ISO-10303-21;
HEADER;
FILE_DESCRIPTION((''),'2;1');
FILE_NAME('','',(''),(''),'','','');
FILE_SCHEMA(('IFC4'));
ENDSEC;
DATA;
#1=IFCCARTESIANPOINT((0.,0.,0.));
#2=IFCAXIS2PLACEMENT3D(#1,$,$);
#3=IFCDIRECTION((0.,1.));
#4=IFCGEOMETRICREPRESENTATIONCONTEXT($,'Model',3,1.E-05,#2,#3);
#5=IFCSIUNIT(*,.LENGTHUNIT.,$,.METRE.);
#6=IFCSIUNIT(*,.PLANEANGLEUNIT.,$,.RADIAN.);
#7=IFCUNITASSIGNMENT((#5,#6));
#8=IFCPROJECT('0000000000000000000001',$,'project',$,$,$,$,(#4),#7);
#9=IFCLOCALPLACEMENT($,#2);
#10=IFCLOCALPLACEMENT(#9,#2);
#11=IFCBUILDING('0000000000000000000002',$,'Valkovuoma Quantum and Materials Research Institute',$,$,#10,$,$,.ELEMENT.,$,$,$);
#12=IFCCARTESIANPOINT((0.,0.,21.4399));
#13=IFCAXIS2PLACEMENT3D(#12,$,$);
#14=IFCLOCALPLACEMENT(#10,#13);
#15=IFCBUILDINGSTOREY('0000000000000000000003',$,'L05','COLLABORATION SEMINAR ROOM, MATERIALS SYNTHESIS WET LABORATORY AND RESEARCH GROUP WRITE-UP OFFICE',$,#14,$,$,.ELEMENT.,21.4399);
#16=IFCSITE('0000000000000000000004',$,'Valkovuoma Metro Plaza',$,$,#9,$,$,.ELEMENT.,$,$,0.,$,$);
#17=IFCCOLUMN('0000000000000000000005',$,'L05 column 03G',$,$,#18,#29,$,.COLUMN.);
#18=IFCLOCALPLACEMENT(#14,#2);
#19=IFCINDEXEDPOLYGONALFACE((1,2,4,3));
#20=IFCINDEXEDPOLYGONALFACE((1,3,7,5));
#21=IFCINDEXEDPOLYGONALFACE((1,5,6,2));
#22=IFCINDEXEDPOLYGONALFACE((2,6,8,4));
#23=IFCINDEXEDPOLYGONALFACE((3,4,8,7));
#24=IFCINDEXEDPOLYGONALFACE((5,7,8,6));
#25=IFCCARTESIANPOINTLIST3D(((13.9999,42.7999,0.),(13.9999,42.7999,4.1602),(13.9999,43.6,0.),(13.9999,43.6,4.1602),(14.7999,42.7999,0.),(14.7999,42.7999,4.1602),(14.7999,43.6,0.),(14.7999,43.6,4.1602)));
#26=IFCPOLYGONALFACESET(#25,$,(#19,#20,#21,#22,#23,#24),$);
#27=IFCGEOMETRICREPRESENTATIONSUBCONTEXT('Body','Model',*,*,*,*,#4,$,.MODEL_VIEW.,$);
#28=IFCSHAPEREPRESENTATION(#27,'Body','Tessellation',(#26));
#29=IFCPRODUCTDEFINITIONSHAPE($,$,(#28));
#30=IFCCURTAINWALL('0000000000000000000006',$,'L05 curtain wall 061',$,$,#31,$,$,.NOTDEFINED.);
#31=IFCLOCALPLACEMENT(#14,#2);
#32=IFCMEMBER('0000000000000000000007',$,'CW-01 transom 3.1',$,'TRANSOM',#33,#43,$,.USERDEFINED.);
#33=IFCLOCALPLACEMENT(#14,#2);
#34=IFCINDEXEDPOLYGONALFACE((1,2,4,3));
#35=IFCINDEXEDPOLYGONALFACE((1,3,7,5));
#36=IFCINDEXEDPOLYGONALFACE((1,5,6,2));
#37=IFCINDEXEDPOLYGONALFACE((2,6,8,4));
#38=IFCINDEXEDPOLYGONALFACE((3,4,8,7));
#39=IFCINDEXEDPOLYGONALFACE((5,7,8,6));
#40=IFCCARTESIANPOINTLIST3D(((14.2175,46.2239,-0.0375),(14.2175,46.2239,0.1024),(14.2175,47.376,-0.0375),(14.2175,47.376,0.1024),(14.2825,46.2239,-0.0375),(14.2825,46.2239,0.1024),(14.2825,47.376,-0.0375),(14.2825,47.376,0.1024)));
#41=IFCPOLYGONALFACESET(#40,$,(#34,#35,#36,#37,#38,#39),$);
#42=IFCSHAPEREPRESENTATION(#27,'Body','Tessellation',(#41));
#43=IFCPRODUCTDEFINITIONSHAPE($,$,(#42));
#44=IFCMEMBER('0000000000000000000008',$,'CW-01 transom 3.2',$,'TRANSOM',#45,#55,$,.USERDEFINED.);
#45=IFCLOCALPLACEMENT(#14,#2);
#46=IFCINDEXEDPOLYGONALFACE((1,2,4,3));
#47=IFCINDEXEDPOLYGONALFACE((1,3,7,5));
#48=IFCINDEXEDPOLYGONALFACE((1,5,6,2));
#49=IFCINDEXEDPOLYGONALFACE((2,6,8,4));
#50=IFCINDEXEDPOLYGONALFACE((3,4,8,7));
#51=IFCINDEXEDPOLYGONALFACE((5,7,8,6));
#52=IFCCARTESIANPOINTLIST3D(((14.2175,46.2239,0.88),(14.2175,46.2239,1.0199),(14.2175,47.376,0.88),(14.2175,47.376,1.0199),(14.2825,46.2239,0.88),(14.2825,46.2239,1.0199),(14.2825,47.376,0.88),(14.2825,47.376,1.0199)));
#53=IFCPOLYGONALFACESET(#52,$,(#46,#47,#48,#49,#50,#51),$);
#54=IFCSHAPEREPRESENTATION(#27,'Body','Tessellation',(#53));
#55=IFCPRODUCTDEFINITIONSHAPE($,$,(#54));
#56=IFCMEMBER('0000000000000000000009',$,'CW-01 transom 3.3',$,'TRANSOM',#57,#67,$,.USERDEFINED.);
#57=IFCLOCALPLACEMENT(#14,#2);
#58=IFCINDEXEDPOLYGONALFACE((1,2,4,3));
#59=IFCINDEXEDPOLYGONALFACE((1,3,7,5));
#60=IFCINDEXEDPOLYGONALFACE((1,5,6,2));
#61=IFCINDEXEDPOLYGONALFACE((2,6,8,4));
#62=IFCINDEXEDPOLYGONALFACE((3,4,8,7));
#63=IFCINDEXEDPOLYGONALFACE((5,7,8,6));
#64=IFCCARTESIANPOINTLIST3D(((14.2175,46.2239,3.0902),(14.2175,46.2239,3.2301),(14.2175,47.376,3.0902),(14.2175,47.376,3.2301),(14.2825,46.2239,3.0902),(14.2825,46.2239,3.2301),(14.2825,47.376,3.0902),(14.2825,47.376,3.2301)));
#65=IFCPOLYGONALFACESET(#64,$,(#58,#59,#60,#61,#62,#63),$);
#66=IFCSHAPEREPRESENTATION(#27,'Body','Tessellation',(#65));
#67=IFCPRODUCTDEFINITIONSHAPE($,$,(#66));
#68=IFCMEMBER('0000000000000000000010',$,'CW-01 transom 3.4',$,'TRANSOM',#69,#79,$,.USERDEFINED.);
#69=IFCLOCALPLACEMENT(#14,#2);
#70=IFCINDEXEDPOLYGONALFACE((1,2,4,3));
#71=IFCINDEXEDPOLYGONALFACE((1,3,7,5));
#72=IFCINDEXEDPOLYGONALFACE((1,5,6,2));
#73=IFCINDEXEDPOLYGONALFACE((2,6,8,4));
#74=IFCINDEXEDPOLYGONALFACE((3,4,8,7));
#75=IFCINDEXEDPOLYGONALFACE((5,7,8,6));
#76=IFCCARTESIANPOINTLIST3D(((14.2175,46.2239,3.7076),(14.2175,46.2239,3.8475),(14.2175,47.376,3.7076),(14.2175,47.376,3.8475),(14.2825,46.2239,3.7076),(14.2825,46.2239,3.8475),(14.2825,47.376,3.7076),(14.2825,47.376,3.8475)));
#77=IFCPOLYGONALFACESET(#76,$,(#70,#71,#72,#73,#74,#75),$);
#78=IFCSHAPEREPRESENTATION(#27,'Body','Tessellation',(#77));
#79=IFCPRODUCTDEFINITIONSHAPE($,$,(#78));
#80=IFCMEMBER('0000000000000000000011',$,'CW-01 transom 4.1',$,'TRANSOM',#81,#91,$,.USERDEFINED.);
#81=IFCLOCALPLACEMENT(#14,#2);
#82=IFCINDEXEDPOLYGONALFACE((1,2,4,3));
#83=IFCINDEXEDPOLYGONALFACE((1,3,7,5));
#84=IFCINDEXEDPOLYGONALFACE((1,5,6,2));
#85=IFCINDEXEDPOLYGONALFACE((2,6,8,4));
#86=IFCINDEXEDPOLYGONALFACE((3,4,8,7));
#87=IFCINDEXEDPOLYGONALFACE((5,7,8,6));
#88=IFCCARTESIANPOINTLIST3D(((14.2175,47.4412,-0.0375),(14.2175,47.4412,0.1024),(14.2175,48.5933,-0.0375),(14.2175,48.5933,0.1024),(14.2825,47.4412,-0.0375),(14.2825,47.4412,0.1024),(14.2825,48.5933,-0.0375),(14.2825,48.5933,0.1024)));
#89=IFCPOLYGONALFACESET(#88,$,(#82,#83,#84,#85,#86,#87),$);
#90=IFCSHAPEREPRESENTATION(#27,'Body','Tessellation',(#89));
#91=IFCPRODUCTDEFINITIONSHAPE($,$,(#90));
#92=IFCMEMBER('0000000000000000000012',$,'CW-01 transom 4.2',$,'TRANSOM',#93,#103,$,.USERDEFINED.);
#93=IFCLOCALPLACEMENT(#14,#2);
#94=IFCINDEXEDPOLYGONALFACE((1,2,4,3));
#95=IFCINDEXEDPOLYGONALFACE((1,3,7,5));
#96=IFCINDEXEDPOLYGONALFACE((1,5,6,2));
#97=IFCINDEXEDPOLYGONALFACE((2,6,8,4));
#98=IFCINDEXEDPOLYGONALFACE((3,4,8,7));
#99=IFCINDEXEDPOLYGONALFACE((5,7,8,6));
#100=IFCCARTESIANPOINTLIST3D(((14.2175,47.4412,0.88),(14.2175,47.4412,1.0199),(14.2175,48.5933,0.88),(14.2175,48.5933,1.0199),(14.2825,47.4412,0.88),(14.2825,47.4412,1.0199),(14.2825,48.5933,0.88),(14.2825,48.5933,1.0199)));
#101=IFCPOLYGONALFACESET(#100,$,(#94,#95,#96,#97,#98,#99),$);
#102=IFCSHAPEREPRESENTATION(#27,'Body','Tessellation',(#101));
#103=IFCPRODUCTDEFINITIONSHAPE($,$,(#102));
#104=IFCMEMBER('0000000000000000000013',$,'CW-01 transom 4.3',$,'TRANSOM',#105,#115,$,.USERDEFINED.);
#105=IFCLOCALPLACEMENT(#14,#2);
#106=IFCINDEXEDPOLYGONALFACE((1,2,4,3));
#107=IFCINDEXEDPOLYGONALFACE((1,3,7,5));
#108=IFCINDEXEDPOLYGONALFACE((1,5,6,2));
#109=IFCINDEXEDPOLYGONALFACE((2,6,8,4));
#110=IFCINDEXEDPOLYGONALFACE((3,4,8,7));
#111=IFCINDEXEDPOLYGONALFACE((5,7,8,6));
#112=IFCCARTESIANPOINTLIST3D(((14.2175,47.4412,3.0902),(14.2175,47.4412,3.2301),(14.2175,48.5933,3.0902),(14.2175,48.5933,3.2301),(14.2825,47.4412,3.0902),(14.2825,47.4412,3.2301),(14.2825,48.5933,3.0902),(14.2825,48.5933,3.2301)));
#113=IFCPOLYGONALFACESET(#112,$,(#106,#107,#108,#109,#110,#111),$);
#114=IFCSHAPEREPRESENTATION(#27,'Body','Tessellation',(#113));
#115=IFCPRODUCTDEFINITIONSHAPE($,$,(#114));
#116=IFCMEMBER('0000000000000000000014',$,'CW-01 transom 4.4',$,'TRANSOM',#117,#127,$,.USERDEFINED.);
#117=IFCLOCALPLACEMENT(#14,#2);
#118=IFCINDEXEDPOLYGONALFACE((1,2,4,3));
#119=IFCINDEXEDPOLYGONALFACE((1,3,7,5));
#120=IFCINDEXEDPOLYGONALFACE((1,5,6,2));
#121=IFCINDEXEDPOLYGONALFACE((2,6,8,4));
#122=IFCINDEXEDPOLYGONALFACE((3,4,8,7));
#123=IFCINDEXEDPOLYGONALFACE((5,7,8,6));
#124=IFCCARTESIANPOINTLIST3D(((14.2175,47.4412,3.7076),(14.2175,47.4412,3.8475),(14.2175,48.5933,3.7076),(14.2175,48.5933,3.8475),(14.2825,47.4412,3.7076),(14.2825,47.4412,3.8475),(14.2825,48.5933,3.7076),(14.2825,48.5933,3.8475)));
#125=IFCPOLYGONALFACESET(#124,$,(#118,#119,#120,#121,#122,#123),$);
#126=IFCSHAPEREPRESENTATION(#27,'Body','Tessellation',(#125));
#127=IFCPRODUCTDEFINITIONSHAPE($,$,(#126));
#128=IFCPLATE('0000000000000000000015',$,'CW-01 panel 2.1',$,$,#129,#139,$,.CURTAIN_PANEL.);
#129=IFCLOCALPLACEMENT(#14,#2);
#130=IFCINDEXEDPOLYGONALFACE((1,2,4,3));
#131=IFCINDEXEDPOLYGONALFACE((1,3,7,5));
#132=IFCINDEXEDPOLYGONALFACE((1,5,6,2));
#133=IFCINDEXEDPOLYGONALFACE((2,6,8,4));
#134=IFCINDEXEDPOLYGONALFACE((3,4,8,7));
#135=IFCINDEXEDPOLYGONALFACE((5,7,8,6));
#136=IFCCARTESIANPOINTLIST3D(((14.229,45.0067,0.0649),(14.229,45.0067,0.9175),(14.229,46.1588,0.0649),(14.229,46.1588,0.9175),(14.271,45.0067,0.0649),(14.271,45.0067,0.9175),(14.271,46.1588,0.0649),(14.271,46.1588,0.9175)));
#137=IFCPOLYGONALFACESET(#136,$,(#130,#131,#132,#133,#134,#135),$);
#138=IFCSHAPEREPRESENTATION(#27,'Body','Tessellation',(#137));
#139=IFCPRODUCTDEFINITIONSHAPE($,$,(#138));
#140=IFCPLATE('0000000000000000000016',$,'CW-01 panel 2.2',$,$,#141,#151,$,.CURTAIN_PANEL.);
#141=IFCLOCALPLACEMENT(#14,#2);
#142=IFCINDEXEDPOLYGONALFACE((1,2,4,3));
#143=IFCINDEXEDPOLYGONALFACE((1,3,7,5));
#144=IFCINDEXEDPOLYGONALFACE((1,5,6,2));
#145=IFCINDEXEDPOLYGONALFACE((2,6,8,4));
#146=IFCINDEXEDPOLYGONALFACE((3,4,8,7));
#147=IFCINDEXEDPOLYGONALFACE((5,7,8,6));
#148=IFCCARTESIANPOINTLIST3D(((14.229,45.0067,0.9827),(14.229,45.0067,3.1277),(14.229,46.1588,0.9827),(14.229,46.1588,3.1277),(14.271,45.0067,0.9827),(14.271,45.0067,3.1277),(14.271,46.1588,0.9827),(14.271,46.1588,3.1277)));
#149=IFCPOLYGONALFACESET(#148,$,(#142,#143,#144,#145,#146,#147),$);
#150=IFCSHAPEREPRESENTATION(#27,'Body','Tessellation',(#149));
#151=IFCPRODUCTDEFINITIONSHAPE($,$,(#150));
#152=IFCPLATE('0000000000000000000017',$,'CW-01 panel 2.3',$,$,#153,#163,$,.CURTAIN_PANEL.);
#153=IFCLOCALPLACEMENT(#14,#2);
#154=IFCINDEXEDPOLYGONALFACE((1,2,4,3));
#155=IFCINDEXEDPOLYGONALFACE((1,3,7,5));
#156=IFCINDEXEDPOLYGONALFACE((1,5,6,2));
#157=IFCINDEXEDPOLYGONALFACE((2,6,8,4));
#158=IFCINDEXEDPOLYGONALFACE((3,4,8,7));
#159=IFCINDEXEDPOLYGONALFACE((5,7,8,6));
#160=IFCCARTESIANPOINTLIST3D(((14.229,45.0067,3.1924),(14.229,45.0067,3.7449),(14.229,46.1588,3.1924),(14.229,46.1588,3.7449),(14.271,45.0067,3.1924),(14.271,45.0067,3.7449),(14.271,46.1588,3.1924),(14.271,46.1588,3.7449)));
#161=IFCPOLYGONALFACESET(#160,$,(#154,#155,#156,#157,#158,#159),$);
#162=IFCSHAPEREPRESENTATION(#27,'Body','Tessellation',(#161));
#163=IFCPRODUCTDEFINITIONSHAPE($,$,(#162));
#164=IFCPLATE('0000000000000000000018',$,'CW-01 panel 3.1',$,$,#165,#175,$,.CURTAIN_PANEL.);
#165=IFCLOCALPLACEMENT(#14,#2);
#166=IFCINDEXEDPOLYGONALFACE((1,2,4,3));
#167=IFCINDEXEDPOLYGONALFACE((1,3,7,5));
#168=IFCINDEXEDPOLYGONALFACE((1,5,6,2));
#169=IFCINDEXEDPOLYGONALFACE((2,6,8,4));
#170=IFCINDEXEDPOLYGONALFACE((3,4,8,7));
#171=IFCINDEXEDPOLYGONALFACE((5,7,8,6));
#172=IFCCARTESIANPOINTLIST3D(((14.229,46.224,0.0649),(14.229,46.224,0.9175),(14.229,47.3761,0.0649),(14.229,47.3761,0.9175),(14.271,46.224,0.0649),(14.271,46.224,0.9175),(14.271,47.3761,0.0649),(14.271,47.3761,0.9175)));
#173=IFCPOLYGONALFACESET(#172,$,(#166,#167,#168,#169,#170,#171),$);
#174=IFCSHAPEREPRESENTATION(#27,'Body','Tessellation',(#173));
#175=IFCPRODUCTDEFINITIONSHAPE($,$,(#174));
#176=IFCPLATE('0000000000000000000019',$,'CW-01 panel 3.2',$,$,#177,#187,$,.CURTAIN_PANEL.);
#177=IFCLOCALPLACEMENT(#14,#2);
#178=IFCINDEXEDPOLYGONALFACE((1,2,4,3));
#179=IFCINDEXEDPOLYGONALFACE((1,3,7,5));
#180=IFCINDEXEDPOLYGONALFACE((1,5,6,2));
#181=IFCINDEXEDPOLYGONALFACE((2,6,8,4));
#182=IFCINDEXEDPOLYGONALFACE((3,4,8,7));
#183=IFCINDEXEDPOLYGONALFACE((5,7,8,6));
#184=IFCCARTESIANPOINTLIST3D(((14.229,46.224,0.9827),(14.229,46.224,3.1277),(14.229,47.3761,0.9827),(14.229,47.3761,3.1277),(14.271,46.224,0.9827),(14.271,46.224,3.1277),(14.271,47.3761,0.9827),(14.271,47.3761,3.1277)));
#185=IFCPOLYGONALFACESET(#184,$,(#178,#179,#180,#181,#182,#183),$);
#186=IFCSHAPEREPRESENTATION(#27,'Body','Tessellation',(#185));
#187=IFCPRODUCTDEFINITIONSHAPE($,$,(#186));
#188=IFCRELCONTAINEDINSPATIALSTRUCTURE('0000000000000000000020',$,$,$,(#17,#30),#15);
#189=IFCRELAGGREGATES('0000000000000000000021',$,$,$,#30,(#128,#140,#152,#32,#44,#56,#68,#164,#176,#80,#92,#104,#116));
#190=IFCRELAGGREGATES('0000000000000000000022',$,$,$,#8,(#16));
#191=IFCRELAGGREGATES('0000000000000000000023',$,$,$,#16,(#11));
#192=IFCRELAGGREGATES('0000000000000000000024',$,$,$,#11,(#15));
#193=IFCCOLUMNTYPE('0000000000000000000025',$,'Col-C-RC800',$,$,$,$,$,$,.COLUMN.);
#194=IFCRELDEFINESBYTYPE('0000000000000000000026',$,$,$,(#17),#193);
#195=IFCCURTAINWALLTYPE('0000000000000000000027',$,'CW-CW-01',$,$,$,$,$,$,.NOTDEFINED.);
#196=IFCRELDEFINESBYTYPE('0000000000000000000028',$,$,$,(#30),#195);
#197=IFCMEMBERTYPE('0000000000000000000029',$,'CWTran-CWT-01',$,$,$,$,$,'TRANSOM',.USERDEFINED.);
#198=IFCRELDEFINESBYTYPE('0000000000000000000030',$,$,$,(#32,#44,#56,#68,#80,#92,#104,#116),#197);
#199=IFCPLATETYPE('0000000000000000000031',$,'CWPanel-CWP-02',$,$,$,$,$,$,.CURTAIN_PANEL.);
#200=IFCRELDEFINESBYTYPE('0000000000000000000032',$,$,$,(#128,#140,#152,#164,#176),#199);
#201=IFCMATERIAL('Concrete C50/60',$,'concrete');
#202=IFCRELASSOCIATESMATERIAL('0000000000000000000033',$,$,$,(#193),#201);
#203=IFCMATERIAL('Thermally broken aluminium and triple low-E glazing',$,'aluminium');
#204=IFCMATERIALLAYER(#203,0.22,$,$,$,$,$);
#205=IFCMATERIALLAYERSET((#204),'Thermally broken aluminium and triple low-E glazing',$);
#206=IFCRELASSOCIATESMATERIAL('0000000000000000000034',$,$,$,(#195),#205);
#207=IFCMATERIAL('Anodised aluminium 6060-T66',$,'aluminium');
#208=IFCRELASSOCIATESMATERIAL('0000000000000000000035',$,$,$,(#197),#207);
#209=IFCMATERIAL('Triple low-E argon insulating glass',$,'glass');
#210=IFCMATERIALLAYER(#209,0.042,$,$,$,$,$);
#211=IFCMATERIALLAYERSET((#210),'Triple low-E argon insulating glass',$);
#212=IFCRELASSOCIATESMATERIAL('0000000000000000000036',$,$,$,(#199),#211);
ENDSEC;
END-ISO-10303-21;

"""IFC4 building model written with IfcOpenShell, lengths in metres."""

from ifc_helpers import new_model, si_unit, direction, frame, origin, origin_2d, place, context, subcontext, project, spatial, rectangle, extrude, material, layer, layer_set, material_profile, profile_set, type_object, element, aggregate, save


model = new_model("IFC4")

# Units and contexts
model_context = context("Model", 3, precision=1e-05, world=origin(), true_north=direction((0.0, 1.0)))
body_context = subcontext(model_context, "Body", "Model", "MODEL_VIEW")
ifc_project = project(units=[si_unit("LENGTHUNIT", "METRE"), si_unit("PLANEANGLEUNIT", "RADIAN")], contexts=[model_context])

# Site, building, storey
site_placement = place(None, origin())
site = spatial("IfcSite", under=ifc_project, at=site_placement, Name="Valkovuoma Metro Plaza", CompositionType="ELEMENT", RefElevation=0.0)
building_placement = place(site_placement, origin())
building = spatial("IfcBuilding", under=site, at=building_placement, Name="Valkovuoma Quantum and Materials Research Institute", CompositionType="ELEMENT")
storey_placement = place(building_placement, frame((0.0, 0.0, 21.4399)))
storey = spatial("IfcBuildingStorey", under=building, at=storey_placement, Name="L05", Description="COLLABORATION SEMINAR ROOM, MATERIALS SYNTHESIS WET LABORATORY AND RESEARCH GROUP WRITE-UP OFFICE", CompositionType="ELEMENT", Elevation=21.4399)

# Column
ifc_material_1 = material(Name="Concrete C50/60", Category="concrete")
ifc_material_profile_1 = material_profile(ifc_material_1, rectangle(XDim=0.8, YDim=0.8, at=origin_2d()), Name="Concrete C50/60")
ifc_profile_set_1 = profile_set([ifc_material_profile_1], Name="Concrete C50/60")
column_type = type_object("IfcColumnType", Name="Col-C-RC800", PredefinedType="COLUMN", material=ifc_profile_set_1)
column_placement = place(storey_placement, frame((14.3999, 43.2, 0.0), z_axis=(0.0, 0.0, 1.0), x_axis=(1.0, 0.0, 0.0)))
element("IfcColumn", 1, at=column_placement, inside=storey, type_object=column_type, Name="L05 column 03G", PredefinedType="COLUMN", context=body_context, shape_type="SweptSolid", body=[
    extrude(rectangle(XDim=0.8, YDim=0.8, at=origin_2d()), origin(), (0.0, 0.0, 1.0), 4.1602),
])

# Curtain wall, members, plates
ifc_material_2 = material(Name="Thermally broken aluminium and triple low-E glazing", Category="aluminium")
ifc_layer_1 = layer(ifc_material_2, 0.22)
ifc_layer_set_1 = layer_set([ifc_layer_1], Name="Thermally broken aluminium and triple low-E glazing")
curtain_wall_type = type_object("IfcCurtainWallType", Name="CW-CW-01", PredefinedType="NOTDEFINED", material=ifc_layer_set_1)
curtain_wall_placement = place(storey_placement, origin())
curtain_wall = element("IfcCurtainWall", 2, at=curtain_wall_placement, inside=storey, type_object=curtain_wall_type, Name="L05 curtain wall 061", PredefinedType="NOTDEFINED")
ifc_material_3 = material(Name="Anodised aluminium 6060-T66", Category="aluminium")
ifc_material_profile_2 = material_profile(ifc_material_3, rectangle(XDim=0.0649, YDim=0.1399, at=origin_2d()), Name="Anodised aluminium 6060-T66")
ifc_profile_set_2 = profile_set([ifc_material_profile_2], Name="Anodised aluminium 6060-T66")
member_type = type_object("IfcMemberType", Name="CWTran-CWT-01", ElementType="TRANSOM", PredefinedType="USERDEFINED", material=ifc_profile_set_2)
member_1_placement = place(storey_placement, frame((14.25, 46.2239, 0.0325), z_axis=(0.0, 1.0, 0.0), x_axis=(-1.0, 0.0, 0.0)))
member_1 = element("IfcMember", 3, at=member_1_placement, type_object=member_type, Name="CW-01 transom 3.1", ObjectType="TRANSOM", PredefinedType="USERDEFINED", context=body_context, shape_type="SweptSolid", body=[
    extrude(rectangle(XDim=0.0649, YDim=0.1399, at=origin_2d()), origin(), (0.0, 0.0, 1.0), 1.1521),
])
member_2_placement = place(storey_placement, frame((14.25, 46.2239, 0.95), z_axis=(0.0, 1.0, 0.0), x_axis=(-1.0, 0.0, 0.0)))
member_2 = element("IfcMember", 4, at=member_2_placement, type_object=member_type, Name="CW-01 transom 3.2", ObjectType="TRANSOM", PredefinedType="USERDEFINED", context=body_context, shape_type="SweptSolid", body=[
    extrude(rectangle(XDim=0.0649, YDim=0.1399, at=origin_2d()), origin(), (0.0, 0.0, 1.0), 1.1521),
])
member_3_placement = place(storey_placement, frame((14.25, 46.2239, 3.1602), z_axis=(0.0, 1.0, 0.0), x_axis=(-1.0, 0.0, 0.0)))
member_3 = element("IfcMember", 5, at=member_3_placement, type_object=member_type, Name="CW-01 transom 3.3", ObjectType="TRANSOM", PredefinedType="USERDEFINED", context=body_context, shape_type="SweptSolid", body=[
    extrude(rectangle(XDim=0.0649, YDim=0.1399, at=origin_2d()), origin(), (0.0, 0.0, 1.0), 1.1521),
])
member_4_placement = place(storey_placement, frame((14.25, 46.2239, 3.7776), z_axis=(0.0, 1.0, 0.0), x_axis=(-1.0, 0.0, 0.0)))
member_4 = element("IfcMember", 6, at=member_4_placement, type_object=member_type, Name="CW-01 transom 3.4", ObjectType="TRANSOM", PredefinedType="USERDEFINED", context=body_context, shape_type="SweptSolid", body=[
    extrude(rectangle(XDim=0.0649, YDim=0.1399, at=origin_2d()), origin(), (0.0, 0.0, 1.0), 1.1521),
])
member_5_placement = place(storey_placement, frame((14.25, 47.4412, 0.0325), z_axis=(0.0, 1.0, 0.0), x_axis=(-1.0, 0.0, 0.0)))
member_5 = element("IfcMember", 7, at=member_5_placement, type_object=member_type, Name="CW-01 transom 4.1", ObjectType="TRANSOM", PredefinedType="USERDEFINED", context=body_context, shape_type="SweptSolid", body=[
    extrude(rectangle(XDim=0.0649, YDim=0.1399, at=origin_2d()), origin(), (0.0, 0.0, 1.0), 1.1521),
])
member_6_placement = place(storey_placement, frame((14.25, 47.4412, 0.95), z_axis=(0.0, 1.0, 0.0), x_axis=(-1.0, 0.0, 0.0)))
member_6 = element("IfcMember", 8, at=member_6_placement, type_object=member_type, Name="CW-01 transom 4.2", ObjectType="TRANSOM", PredefinedType="USERDEFINED", context=body_context, shape_type="SweptSolid", body=[
    extrude(rectangle(XDim=0.0649, YDim=0.1399, at=origin_2d()), origin(), (0.0, 0.0, 1.0), 1.1521),
])
member_7_placement = place(storey_placement, frame((14.25, 47.4412, 3.1602), z_axis=(0.0, 1.0, 0.0), x_axis=(-1.0, 0.0, 0.0)))
member_7 = element("IfcMember", 9, at=member_7_placement, type_object=member_type, Name="CW-01 transom 4.3", ObjectType="TRANSOM", PredefinedType="USERDEFINED", context=body_context, shape_type="SweptSolid", body=[
    extrude(rectangle(XDim=0.0649, YDim=0.1399, at=origin_2d()), origin(), (0.0, 0.0, 1.0), 1.1521),
])
member_8_placement = place(storey_placement, frame((14.25, 47.4412, 3.7776), z_axis=(0.0, 1.0, 0.0), x_axis=(-1.0, 0.0, 0.0)))
member_8 = element("IfcMember", 10, at=member_8_placement, type_object=member_type, Name="CW-01 transom 4.4", ObjectType="TRANSOM", PredefinedType="USERDEFINED", context=body_context, shape_type="SweptSolid", body=[
    extrude(rectangle(XDim=0.0649, YDim=0.1399, at=origin_2d()), origin(), (0.0, 0.0, 1.0), 1.1521),
])
ifc_material_4 = material(Name="Triple low-E argon insulating glass", Category="glass")
ifc_layer_2 = layer(ifc_material_4, 0.042)
ifc_layer_set_2 = layer_set([ifc_layer_2], Name="Triple low-E argon insulating glass")
plate_type = type_object("IfcPlateType", Name="CWPanel-CWP-02", PredefinedType="CURTAIN_PANEL", material=ifc_layer_set_2)
plate_1_placement = place(storey_placement, frame((14.25, 45.5828, 0.0649), z_axis=(0.0, 0.0, 1.0), x_axis=(0.0, 1.0, 0.0)))
plate_1 = element("IfcPlate", 11, at=plate_1_placement, type_object=plate_type, Name="CW-01 panel 2.1", PredefinedType="CURTAIN_PANEL", context=body_context, shape_type="SweptSolid", body=[
    extrude(rectangle(XDim=1.1521, YDim=0.042, at=origin_2d()), origin(), (0.0, 0.0, 1.0), 0.8525),
])
plate_2_placement = place(storey_placement, frame((14.25, 45.5828, 0.9827), z_axis=(0.0, 0.0, 1.0), x_axis=(0.0, 1.0, 0.0)))
plate_2 = element("IfcPlate", 12, at=plate_2_placement, type_object=plate_type, Name="CW-01 panel 2.2", PredefinedType="CURTAIN_PANEL", context=body_context, shape_type="SweptSolid", body=[
    extrude(rectangle(XDim=1.1521, YDim=0.042, at=origin_2d()), origin(), (0.0, 0.0, 1.0), 2.145),
])
plate_3_placement = place(storey_placement, frame((14.25, 45.5828, 3.1924), z_axis=(0.0, 0.0, 1.0), x_axis=(0.0, 1.0, 0.0)))
plate_3 = element("IfcPlate", 13, at=plate_3_placement, type_object=plate_type, Name="CW-01 panel 2.3", PredefinedType="CURTAIN_PANEL", context=body_context, shape_type="SweptSolid", body=[
    extrude(rectangle(XDim=1.1521, YDim=0.042, at=origin_2d()), origin(), (0.0, 0.0, 1.0), 0.5525),
])
plate_4_placement = place(storey_placement, frame((14.25, 46.8, 0.0649), z_axis=(0.0, 0.0, 1.0), x_axis=(0.0, 1.0, 0.0)))
plate_4 = element("IfcPlate", 14, at=plate_4_placement, type_object=plate_type, Name="CW-01 panel 3.1", PredefinedType="CURTAIN_PANEL", context=body_context, shape_type="SweptSolid", body=[
    extrude(rectangle(XDim=1.1521, YDim=0.042, at=origin_2d()), origin(), (0.0, 0.0, 1.0), 0.8525),
])
plate_5_placement = place(storey_placement, frame((14.25, 46.8, 0.9827), z_axis=(0.0, 0.0, 1.0), x_axis=(0.0, 1.0, 0.0)))
plate_5 = element("IfcPlate", 15, at=plate_5_placement, type_object=plate_type, Name="CW-01 panel 3.2", PredefinedType="CURTAIN_PANEL", context=body_context, shape_type="SweptSolid", body=[
    extrude(rectangle(XDim=1.1521, YDim=0.042, at=origin_2d()), origin(), (0.0, 0.0, 1.0), 2.145),
])
aggregate(curtain_wall, [plate_1, plate_2, plate_3, member_1, member_2, member_3, member_4, plate_4, plate_5, member_5, member_6, member_7, member_8])

save(model, "model.ifc")
